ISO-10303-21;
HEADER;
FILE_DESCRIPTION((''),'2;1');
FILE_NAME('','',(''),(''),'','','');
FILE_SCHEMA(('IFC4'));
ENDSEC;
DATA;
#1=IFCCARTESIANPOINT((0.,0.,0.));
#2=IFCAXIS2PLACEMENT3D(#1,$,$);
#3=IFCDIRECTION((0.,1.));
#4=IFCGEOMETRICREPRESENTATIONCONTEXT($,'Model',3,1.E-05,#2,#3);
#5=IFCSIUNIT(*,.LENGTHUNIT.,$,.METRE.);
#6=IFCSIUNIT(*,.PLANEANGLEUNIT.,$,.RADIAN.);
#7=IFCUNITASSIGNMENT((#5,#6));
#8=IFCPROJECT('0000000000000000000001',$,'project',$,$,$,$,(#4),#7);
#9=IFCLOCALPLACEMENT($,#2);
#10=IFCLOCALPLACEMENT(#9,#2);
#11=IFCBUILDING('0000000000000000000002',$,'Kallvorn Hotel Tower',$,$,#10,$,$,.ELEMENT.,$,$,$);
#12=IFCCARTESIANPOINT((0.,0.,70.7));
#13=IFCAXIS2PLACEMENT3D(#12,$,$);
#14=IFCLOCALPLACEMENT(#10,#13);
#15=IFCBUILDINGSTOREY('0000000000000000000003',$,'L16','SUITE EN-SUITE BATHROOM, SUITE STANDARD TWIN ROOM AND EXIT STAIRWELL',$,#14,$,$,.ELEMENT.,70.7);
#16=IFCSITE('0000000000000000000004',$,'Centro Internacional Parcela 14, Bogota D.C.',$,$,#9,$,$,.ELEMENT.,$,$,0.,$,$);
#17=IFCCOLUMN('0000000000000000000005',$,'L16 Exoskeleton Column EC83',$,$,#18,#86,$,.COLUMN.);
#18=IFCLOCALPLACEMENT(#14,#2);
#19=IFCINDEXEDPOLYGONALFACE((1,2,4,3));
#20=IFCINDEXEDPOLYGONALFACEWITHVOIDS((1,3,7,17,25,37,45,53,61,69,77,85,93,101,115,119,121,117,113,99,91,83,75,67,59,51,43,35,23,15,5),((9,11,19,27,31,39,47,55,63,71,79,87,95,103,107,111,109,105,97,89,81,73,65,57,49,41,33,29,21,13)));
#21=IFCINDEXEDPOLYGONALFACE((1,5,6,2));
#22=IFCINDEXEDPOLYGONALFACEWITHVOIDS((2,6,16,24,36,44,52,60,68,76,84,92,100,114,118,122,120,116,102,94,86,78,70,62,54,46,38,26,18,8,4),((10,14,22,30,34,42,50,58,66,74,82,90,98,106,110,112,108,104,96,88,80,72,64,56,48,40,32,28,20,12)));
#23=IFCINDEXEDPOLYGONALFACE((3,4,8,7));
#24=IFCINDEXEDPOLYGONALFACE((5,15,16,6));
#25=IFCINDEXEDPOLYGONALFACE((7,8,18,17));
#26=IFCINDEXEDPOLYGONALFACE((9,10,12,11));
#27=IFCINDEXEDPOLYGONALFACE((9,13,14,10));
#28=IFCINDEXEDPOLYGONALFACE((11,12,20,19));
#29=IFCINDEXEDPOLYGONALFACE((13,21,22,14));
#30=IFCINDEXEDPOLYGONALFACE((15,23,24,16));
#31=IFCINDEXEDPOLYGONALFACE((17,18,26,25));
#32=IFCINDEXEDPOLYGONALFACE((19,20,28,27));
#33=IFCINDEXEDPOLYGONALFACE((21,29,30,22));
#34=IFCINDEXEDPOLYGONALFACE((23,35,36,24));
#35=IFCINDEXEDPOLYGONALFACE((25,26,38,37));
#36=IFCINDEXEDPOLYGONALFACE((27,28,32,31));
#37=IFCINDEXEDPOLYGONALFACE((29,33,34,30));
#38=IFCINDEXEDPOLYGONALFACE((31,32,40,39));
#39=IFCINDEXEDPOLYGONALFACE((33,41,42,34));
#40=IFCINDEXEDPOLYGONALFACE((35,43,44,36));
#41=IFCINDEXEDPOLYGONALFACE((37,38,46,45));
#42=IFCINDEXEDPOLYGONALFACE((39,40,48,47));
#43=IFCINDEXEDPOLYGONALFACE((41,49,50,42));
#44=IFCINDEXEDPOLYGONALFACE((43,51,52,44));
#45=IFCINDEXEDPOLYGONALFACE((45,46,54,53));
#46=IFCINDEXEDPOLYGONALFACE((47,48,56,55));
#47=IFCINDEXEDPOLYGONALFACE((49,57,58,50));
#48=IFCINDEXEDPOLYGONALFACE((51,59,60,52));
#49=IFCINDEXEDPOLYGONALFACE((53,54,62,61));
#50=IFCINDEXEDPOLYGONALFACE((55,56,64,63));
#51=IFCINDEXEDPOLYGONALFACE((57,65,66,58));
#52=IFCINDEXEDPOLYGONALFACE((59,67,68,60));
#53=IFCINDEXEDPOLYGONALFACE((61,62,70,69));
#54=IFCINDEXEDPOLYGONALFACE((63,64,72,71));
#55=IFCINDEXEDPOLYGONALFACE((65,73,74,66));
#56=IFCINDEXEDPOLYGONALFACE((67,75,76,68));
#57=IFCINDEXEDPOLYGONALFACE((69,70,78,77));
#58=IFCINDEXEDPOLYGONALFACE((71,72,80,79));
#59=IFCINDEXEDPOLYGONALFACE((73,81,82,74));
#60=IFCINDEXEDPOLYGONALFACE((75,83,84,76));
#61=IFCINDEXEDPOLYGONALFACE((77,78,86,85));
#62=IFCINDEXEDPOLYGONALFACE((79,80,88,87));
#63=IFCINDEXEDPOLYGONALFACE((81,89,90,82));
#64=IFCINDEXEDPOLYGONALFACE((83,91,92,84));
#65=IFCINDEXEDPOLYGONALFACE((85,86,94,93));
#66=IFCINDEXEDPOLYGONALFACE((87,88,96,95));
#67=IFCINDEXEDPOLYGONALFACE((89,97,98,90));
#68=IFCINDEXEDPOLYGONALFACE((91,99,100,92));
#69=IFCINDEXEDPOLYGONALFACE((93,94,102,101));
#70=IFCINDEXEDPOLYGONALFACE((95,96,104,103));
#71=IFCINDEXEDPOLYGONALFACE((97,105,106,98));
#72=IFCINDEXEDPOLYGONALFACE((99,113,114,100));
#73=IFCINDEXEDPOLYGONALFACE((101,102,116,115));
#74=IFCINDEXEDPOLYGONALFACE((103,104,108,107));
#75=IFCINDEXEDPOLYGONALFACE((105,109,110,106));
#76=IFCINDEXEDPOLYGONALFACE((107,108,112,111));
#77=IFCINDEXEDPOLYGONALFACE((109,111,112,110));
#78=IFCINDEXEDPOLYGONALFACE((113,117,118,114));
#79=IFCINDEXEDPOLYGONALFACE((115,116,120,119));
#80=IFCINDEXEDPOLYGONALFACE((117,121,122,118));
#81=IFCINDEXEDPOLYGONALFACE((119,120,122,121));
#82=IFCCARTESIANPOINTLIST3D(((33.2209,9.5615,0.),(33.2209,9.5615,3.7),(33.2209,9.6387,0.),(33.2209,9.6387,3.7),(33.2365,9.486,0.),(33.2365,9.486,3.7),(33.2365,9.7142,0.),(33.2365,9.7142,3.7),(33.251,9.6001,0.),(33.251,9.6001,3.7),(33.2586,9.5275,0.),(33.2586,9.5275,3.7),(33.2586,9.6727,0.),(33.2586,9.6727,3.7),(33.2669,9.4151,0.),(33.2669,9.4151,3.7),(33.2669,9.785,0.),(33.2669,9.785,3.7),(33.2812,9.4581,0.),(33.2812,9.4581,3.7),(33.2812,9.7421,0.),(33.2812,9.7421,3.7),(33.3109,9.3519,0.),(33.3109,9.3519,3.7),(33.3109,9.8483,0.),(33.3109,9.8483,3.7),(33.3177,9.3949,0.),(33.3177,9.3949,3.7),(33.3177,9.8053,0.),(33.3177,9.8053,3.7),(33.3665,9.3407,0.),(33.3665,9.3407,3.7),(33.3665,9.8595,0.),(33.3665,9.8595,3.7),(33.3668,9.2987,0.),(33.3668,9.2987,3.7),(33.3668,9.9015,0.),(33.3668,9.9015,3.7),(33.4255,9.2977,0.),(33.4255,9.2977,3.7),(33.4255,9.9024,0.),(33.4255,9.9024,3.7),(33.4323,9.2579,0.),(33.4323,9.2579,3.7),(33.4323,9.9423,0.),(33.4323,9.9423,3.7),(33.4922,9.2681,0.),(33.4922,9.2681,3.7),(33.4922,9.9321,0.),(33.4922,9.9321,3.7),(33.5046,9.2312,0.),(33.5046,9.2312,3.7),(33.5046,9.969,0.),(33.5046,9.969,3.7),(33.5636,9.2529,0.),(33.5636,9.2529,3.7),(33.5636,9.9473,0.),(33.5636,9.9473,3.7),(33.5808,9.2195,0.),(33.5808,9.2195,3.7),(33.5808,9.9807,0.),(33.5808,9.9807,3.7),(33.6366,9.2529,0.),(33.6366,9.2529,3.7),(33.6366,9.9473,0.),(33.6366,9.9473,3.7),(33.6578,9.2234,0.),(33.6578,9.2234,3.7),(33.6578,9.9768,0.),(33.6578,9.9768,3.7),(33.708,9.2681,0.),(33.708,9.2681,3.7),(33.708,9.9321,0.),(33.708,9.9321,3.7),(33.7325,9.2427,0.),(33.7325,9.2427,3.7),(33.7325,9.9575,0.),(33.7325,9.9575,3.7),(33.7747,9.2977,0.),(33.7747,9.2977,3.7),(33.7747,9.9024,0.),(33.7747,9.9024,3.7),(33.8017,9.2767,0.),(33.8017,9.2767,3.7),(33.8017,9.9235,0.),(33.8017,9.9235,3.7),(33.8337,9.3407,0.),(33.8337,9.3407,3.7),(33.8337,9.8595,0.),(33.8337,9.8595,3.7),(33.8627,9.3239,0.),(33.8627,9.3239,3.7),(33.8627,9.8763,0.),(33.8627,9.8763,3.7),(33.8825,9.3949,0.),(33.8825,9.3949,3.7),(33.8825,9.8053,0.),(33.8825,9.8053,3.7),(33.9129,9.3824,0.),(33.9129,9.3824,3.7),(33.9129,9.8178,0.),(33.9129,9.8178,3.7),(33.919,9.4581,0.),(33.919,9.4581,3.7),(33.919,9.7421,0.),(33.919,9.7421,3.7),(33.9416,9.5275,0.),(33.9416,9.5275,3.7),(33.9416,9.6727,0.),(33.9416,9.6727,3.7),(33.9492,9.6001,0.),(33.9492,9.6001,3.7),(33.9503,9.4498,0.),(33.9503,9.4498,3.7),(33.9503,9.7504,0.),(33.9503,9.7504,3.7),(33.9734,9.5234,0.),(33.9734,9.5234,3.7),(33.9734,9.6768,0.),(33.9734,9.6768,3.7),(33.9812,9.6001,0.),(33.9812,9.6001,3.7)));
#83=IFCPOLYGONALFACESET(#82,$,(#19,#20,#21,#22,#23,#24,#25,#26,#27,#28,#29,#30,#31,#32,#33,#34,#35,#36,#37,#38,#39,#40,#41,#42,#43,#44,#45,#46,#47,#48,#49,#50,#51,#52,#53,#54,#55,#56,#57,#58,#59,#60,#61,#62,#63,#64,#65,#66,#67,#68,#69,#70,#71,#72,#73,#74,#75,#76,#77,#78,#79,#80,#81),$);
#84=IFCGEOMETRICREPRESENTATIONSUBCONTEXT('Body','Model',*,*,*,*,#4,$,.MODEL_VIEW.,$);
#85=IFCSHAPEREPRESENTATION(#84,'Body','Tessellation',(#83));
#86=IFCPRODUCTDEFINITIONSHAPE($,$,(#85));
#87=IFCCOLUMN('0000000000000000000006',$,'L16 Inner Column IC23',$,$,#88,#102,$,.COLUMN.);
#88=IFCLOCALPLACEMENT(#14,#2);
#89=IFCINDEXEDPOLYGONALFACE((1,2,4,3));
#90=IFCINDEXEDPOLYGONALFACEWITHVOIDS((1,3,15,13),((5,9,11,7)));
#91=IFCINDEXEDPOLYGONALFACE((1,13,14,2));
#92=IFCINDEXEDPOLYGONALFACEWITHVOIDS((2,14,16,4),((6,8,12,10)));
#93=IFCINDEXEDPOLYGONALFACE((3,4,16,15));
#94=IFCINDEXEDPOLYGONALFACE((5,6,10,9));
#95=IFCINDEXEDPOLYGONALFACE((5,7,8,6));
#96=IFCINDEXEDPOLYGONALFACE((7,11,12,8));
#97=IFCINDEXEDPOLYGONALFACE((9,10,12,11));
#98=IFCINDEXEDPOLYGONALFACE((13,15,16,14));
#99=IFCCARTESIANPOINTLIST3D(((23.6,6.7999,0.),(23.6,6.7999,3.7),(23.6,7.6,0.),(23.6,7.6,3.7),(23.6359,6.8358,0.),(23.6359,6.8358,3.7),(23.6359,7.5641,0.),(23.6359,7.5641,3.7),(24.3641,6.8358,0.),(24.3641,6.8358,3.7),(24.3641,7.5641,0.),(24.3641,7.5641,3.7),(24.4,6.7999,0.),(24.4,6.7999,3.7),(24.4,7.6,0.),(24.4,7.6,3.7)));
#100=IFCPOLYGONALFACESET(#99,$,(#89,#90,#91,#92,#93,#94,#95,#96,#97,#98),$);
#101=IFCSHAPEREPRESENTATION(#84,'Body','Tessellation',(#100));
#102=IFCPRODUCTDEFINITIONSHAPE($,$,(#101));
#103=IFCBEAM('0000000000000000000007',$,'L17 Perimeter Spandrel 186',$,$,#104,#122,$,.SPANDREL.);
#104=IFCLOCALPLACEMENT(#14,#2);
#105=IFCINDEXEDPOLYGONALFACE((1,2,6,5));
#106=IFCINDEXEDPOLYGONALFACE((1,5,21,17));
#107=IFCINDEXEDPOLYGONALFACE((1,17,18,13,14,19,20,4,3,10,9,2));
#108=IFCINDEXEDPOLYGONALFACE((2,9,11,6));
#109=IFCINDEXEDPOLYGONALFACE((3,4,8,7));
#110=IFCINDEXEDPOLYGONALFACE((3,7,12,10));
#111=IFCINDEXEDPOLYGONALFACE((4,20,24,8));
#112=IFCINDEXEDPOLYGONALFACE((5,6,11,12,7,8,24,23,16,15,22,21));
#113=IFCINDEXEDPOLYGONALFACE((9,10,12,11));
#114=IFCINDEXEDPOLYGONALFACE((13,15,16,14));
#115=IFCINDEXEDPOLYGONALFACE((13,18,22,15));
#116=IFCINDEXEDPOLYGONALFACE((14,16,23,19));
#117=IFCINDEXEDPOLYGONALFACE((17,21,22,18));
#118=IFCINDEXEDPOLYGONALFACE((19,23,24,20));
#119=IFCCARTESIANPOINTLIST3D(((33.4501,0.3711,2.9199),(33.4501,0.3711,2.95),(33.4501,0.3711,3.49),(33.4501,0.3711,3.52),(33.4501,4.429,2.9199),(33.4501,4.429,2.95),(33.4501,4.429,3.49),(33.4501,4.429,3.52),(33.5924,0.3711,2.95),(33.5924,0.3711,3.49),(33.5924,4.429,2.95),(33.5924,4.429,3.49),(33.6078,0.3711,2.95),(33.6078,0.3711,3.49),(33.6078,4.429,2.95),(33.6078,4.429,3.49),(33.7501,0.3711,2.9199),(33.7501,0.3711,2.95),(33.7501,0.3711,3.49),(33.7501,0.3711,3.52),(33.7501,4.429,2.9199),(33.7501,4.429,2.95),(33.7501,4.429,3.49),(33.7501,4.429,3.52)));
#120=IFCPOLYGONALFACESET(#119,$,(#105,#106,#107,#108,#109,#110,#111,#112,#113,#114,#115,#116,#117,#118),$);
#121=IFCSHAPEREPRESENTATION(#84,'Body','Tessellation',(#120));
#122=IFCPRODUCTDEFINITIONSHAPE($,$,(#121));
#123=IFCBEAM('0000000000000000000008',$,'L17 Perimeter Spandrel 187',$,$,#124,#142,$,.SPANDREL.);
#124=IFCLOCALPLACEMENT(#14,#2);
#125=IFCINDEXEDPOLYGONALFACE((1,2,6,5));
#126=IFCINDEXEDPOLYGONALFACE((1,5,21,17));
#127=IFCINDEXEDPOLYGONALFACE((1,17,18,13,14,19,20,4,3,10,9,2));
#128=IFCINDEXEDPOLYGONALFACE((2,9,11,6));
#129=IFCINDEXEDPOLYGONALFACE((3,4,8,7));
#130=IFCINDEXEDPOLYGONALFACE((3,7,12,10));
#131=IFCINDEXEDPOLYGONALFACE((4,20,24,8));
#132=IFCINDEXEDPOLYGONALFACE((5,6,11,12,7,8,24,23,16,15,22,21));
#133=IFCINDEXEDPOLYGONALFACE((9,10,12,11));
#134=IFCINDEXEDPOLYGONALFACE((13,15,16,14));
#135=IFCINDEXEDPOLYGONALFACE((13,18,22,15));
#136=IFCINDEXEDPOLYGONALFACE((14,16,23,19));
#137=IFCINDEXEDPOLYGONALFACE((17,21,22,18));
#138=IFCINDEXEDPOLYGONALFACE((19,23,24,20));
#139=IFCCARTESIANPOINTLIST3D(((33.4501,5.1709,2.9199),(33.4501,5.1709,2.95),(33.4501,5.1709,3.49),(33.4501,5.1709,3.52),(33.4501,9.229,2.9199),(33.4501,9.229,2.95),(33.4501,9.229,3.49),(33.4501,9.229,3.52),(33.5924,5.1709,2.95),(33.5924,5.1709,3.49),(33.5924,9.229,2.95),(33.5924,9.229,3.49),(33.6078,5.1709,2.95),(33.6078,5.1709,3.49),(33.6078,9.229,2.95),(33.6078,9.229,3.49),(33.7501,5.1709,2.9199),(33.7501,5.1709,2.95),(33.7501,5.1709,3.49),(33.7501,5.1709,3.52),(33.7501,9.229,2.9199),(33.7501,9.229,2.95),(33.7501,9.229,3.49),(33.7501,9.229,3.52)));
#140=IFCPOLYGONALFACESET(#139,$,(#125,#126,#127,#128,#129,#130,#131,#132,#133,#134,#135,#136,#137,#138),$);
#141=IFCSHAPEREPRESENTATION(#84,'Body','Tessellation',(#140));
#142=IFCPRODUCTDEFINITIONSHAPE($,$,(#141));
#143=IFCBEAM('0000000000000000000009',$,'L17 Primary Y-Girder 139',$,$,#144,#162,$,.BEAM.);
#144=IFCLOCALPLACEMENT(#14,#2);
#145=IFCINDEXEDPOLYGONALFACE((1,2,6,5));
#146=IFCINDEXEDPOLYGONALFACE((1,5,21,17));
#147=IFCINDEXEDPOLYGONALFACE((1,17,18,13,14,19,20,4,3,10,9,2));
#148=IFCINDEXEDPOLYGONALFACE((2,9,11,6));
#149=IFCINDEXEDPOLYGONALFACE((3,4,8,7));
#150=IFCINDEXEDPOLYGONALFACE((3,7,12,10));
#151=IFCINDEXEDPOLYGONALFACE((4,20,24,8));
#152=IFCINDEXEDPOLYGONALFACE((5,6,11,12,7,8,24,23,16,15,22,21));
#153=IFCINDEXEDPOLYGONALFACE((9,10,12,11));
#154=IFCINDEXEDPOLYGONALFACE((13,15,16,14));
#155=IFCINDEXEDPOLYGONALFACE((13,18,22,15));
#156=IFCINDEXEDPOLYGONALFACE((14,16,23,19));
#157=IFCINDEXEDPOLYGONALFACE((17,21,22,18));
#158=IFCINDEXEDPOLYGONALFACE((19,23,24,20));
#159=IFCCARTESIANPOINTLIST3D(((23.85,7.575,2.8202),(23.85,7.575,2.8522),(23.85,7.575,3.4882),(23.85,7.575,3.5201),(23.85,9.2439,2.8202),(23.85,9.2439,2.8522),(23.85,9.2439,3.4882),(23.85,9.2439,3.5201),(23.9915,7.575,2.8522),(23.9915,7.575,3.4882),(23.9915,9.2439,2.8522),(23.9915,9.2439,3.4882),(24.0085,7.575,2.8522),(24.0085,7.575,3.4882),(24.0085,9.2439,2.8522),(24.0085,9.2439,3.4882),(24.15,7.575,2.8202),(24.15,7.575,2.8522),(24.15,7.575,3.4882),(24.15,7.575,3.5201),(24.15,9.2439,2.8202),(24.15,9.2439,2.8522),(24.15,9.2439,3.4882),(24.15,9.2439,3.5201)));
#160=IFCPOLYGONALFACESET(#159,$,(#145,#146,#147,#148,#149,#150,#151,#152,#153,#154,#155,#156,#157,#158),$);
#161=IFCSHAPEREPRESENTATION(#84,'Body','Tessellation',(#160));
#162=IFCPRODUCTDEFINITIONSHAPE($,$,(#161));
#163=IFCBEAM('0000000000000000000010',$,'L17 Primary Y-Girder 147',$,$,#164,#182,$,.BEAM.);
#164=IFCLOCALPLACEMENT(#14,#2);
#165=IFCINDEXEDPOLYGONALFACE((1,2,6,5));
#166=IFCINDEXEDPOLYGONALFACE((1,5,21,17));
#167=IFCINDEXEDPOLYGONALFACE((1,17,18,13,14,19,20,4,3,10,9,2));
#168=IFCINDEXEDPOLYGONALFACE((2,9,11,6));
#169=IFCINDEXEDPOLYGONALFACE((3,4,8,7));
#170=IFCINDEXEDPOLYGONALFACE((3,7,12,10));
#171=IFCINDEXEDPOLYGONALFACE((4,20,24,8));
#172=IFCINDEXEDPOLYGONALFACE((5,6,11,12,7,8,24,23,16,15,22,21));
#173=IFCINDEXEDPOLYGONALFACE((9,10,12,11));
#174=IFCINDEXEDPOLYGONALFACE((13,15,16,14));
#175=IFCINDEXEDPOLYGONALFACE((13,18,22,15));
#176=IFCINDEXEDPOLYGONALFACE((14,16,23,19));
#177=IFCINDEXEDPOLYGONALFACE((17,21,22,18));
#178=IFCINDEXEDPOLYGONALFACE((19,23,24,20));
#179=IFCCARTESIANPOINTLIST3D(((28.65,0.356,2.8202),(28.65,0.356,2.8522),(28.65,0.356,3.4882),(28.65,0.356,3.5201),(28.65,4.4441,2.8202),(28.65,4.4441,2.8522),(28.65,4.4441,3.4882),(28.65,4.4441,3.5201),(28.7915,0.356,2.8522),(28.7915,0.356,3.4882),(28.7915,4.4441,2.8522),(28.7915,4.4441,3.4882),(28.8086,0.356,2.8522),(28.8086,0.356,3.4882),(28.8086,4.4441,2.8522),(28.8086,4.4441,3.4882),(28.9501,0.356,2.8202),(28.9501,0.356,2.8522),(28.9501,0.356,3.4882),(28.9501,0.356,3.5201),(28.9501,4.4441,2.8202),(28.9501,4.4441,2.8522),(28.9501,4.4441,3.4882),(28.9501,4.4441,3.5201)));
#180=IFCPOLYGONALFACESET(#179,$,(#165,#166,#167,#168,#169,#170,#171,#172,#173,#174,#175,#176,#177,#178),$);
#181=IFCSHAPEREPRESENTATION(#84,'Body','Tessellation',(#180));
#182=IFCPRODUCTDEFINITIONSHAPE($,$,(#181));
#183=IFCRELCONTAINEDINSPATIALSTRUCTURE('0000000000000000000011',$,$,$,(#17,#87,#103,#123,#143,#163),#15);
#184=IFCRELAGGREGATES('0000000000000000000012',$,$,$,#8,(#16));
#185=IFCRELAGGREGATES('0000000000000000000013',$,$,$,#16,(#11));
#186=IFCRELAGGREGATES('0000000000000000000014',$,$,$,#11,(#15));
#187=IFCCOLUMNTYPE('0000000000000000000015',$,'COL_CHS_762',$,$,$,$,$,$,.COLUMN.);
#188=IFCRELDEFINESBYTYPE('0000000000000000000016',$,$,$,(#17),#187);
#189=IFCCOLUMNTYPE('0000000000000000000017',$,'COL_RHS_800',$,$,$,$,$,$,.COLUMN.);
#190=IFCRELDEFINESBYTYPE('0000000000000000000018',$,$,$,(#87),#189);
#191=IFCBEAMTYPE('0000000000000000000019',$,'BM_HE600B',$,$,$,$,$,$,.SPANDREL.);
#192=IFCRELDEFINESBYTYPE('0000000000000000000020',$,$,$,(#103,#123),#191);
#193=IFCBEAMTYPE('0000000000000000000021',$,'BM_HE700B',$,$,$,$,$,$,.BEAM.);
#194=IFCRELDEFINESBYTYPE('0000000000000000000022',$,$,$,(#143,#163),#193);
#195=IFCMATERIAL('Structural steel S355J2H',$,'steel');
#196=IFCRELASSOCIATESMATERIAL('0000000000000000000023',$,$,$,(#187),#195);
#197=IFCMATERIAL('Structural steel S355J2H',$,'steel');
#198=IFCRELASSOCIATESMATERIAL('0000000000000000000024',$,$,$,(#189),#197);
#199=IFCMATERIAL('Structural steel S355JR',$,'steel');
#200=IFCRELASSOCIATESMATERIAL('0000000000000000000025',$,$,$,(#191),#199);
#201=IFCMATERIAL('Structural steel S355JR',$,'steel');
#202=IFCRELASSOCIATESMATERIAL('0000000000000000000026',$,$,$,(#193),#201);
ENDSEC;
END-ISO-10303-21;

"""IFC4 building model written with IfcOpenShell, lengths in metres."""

from ifc_helpers import new_model, si_unit, direction, frame, origin, origin_2d, place, context, subcontext, project, spatial, hollow_rectangle, hollow_circle, i_section, extrude, material, material_profile, profile_set, type_object, element, save


model = new_model("IFC4")

# Units and contexts
model_context = context("Model", 3, precision=1e-05, world=origin(), true_north=direction((0.0, 1.0)))
body_context = subcontext(model_context, "Body", "Model", "MODEL_VIEW")
ifc_project = project(units=[si_unit("LENGTHUNIT", "METRE"), si_unit("PLANEANGLEUNIT", "RADIAN")], contexts=[model_context])

# Site, building, storey
site_placement = place(None, origin())
site = spatial("IfcSite", under=ifc_project, at=site_placement, Name="Centro Internacional Parcela 14, Bogota D.C.", CompositionType="ELEMENT", RefElevation=0.0)
building_placement = place(site_placement, origin())
building = spatial("IfcBuilding", under=site, at=building_placement, Name="Kallvorn Hotel Tower", CompositionType="ELEMENT")
storey_placement = place(building_placement, frame((0.0, 0.0, 70.7)))
storey = spatial("IfcBuildingStorey", under=building, at=storey_placement, Name="L16", Description="SUITE EN-SUITE BATHROOM, SUITE STANDARD TWIN ROOM AND EXIT STAIRWELL", CompositionType="ELEMENT", Elevation=70.7)

# Columns
ifc_material_1 = material(Name="Structural steel S355J2H", Category="steel")
ifc_material_profile_1 = material_profile(ifc_material_1, hollow_circle(Radius=0.3811, WallThickness=0.032, at=origin_2d()), Name="CHS 762x32")
ifc_profile_set_1 = profile_set([ifc_material_profile_1], Name="Structural steel S355J2H")
column_type_1 = type_object("IfcColumnType", Name="COL_CHS_762", PredefinedType="COLUMN", material=ifc_profile_set_1)
for number, where, z_axis, x_axis, name in (
    (1, (33.6001, 9.6001, 0.0), (0.0, 0.0, 1.0), (1.0, 0.0, 0.0), "L16 Exoskeleton Column EC83"),
):
    element("IfcColumn", number, at=place(storey_placement, frame(where, z_axis=z_axis, x_axis=x_axis)), inside=storey, type_object=column_type_1, Name=name, PredefinedType="COLUMN", context=body_context, shape_type="SweptSolid", body=[
        extrude(hollow_circle(Radius=0.3811, WallThickness=0.032, at=origin_2d()), origin(), (0.0, 0.0, 1.0), 3.7),
    ])
ifc_material_2 = material(Name="Structural steel S355J2H", Category="steel")
ifc_material_profile_2 = material_profile(ifc_material_2, hollow_rectangle(XDim=0.8, YDim=0.8, WallThickness=0.0359, at=origin_2d()), Name="RHS 800x800x36")
ifc_profile_set_2 = profile_set([ifc_material_profile_2], Name="Structural steel S355J2H")
column_type_2 = type_object("IfcColumnType", Name="COL_RHS_800", PredefinedType="COLUMN", material=ifc_profile_set_2)
column_placement = place(storey_placement, frame((24.0, 7.2, 0.0), z_axis=(0.0, 0.0, 1.0), x_axis=(1.0, 0.0, 0.0)))
element("IfcColumn", 2, at=column_placement, inside=storey, type_object=column_type_2, Name="L16 Inner Column IC23", PredefinedType="COLUMN", context=body_context, shape_type="SweptSolid", body=[
    extrude(hollow_rectangle(XDim=0.8, YDim=0.8, WallThickness=0.0359, at=origin_2d()), origin(), (0.0, 0.0, 1.0), 3.7),
])

# Beams
ifc_material_3 = material(Name="Structural steel S355JR", Category="steel")
ifc_material_profile_3 = material_profile(ifc_material_3, i_section(OverallWidth=0.3, OverallDepth=0.6001, WebThickness=0.0154, FlangeThickness=0.03, at=origin_2d()), Name="HE 600 B")
ifc_profile_set_3 = profile_set([ifc_material_profile_3], Name="Structural steel S355JR")
beam_type_1 = type_object("IfcBeamType", Name="BM_HE600B", PredefinedType="SPANDREL", material=ifc_profile_set_3)
beam_1_placement = place(storey_placement, frame((33.6001, 0.3711, 3.22), z_axis=(0.0, 1.0, 0.0), x_axis=(-1.0, 0.0, 0.0)))
element("IfcBeam", 3, at=beam_1_placement, inside=storey, type_object=beam_type_1, Name="L17 Perimeter Spandrel 186", PredefinedType="SPANDREL", context=body_context, shape_type="SweptSolid", body=[
    extrude(i_section(OverallWidth=0.3, OverallDepth=0.6001, WebThickness=0.0154, FlangeThickness=0.03, at=origin_2d()), origin(), (0.0, 0.0, 1.0), 4.0579),
])
beam_2_placement = place(storey_placement, frame((33.6001, 5.1709, 3.22), z_axis=(0.0, 1.0, 0.0), x_axis=(-1.0, 0.0, 0.0)))
element("IfcBeam", 4, at=beam_2_placement, inside=storey, type_object=beam_type_1, Name="L17 Perimeter Spandrel 187", PredefinedType="SPANDREL", context=body_context, shape_type="SweptSolid", body=[
    extrude(i_section(OverallWidth=0.3, OverallDepth=0.6001, WebThickness=0.0154, FlangeThickness=0.03, at=origin_2d()), origin(), (0.0, 0.0, 1.0), 4.0581),
])
ifc_material_4 = material(Name="Structural steel S355JR", Category="steel")
ifc_material_profile_4 = material_profile(ifc_material_4, i_section(OverallWidth=0.3, OverallDepth=0.7, WebThickness=0.0171, FlangeThickness=0.032, at=origin_2d()), Name="HE 700 B")
ifc_profile_set_4 = profile_set([ifc_material_profile_4], Name="Structural steel S355JR")
beam_type_2 = type_object("IfcBeamType", Name="BM_HE700B", PredefinedType="BEAM", material=ifc_profile_set_4)
beam_3_placement = place(storey_placement, frame((24.0, 7.575, 3.1702), z_axis=(0.0, 1.0, 0.0), x_axis=(-1.0, 0.0, 0.0)))
element("IfcBeam", 5, at=beam_3_placement, inside=storey, type_object=beam_type_2, Name="L17 Primary Y-Girder 139", PredefinedType="BEAM", context=body_context, shape_type="SweptSolid", body=[
    extrude(i_section(OverallWidth=0.3, OverallDepth=0.7, WebThickness=0.0171, FlangeThickness=0.032, at=origin_2d()), origin(), (0.0, 0.0, 1.0), 1.6689),
])
beam_4_placement = place(storey_placement, frame((28.8, 0.356, 3.1702), z_axis=(0.0, 1.0, 0.0), x_axis=(-1.0, 0.0, 0.0)))
element("IfcBeam", 6, at=beam_4_placement, inside=storey, type_object=beam_type_2, Name="L17 Primary Y-Girder 147", PredefinedType="BEAM", context=body_context, shape_type="SweptSolid", body=[
    extrude(i_section(OverallWidth=0.3, OverallDepth=0.7, WebThickness=0.0171, FlangeThickness=0.032, at=origin_2d()), origin(), (0.0, 0.0, 1.0), 4.0881),
])

save(model, "model.ifc")
